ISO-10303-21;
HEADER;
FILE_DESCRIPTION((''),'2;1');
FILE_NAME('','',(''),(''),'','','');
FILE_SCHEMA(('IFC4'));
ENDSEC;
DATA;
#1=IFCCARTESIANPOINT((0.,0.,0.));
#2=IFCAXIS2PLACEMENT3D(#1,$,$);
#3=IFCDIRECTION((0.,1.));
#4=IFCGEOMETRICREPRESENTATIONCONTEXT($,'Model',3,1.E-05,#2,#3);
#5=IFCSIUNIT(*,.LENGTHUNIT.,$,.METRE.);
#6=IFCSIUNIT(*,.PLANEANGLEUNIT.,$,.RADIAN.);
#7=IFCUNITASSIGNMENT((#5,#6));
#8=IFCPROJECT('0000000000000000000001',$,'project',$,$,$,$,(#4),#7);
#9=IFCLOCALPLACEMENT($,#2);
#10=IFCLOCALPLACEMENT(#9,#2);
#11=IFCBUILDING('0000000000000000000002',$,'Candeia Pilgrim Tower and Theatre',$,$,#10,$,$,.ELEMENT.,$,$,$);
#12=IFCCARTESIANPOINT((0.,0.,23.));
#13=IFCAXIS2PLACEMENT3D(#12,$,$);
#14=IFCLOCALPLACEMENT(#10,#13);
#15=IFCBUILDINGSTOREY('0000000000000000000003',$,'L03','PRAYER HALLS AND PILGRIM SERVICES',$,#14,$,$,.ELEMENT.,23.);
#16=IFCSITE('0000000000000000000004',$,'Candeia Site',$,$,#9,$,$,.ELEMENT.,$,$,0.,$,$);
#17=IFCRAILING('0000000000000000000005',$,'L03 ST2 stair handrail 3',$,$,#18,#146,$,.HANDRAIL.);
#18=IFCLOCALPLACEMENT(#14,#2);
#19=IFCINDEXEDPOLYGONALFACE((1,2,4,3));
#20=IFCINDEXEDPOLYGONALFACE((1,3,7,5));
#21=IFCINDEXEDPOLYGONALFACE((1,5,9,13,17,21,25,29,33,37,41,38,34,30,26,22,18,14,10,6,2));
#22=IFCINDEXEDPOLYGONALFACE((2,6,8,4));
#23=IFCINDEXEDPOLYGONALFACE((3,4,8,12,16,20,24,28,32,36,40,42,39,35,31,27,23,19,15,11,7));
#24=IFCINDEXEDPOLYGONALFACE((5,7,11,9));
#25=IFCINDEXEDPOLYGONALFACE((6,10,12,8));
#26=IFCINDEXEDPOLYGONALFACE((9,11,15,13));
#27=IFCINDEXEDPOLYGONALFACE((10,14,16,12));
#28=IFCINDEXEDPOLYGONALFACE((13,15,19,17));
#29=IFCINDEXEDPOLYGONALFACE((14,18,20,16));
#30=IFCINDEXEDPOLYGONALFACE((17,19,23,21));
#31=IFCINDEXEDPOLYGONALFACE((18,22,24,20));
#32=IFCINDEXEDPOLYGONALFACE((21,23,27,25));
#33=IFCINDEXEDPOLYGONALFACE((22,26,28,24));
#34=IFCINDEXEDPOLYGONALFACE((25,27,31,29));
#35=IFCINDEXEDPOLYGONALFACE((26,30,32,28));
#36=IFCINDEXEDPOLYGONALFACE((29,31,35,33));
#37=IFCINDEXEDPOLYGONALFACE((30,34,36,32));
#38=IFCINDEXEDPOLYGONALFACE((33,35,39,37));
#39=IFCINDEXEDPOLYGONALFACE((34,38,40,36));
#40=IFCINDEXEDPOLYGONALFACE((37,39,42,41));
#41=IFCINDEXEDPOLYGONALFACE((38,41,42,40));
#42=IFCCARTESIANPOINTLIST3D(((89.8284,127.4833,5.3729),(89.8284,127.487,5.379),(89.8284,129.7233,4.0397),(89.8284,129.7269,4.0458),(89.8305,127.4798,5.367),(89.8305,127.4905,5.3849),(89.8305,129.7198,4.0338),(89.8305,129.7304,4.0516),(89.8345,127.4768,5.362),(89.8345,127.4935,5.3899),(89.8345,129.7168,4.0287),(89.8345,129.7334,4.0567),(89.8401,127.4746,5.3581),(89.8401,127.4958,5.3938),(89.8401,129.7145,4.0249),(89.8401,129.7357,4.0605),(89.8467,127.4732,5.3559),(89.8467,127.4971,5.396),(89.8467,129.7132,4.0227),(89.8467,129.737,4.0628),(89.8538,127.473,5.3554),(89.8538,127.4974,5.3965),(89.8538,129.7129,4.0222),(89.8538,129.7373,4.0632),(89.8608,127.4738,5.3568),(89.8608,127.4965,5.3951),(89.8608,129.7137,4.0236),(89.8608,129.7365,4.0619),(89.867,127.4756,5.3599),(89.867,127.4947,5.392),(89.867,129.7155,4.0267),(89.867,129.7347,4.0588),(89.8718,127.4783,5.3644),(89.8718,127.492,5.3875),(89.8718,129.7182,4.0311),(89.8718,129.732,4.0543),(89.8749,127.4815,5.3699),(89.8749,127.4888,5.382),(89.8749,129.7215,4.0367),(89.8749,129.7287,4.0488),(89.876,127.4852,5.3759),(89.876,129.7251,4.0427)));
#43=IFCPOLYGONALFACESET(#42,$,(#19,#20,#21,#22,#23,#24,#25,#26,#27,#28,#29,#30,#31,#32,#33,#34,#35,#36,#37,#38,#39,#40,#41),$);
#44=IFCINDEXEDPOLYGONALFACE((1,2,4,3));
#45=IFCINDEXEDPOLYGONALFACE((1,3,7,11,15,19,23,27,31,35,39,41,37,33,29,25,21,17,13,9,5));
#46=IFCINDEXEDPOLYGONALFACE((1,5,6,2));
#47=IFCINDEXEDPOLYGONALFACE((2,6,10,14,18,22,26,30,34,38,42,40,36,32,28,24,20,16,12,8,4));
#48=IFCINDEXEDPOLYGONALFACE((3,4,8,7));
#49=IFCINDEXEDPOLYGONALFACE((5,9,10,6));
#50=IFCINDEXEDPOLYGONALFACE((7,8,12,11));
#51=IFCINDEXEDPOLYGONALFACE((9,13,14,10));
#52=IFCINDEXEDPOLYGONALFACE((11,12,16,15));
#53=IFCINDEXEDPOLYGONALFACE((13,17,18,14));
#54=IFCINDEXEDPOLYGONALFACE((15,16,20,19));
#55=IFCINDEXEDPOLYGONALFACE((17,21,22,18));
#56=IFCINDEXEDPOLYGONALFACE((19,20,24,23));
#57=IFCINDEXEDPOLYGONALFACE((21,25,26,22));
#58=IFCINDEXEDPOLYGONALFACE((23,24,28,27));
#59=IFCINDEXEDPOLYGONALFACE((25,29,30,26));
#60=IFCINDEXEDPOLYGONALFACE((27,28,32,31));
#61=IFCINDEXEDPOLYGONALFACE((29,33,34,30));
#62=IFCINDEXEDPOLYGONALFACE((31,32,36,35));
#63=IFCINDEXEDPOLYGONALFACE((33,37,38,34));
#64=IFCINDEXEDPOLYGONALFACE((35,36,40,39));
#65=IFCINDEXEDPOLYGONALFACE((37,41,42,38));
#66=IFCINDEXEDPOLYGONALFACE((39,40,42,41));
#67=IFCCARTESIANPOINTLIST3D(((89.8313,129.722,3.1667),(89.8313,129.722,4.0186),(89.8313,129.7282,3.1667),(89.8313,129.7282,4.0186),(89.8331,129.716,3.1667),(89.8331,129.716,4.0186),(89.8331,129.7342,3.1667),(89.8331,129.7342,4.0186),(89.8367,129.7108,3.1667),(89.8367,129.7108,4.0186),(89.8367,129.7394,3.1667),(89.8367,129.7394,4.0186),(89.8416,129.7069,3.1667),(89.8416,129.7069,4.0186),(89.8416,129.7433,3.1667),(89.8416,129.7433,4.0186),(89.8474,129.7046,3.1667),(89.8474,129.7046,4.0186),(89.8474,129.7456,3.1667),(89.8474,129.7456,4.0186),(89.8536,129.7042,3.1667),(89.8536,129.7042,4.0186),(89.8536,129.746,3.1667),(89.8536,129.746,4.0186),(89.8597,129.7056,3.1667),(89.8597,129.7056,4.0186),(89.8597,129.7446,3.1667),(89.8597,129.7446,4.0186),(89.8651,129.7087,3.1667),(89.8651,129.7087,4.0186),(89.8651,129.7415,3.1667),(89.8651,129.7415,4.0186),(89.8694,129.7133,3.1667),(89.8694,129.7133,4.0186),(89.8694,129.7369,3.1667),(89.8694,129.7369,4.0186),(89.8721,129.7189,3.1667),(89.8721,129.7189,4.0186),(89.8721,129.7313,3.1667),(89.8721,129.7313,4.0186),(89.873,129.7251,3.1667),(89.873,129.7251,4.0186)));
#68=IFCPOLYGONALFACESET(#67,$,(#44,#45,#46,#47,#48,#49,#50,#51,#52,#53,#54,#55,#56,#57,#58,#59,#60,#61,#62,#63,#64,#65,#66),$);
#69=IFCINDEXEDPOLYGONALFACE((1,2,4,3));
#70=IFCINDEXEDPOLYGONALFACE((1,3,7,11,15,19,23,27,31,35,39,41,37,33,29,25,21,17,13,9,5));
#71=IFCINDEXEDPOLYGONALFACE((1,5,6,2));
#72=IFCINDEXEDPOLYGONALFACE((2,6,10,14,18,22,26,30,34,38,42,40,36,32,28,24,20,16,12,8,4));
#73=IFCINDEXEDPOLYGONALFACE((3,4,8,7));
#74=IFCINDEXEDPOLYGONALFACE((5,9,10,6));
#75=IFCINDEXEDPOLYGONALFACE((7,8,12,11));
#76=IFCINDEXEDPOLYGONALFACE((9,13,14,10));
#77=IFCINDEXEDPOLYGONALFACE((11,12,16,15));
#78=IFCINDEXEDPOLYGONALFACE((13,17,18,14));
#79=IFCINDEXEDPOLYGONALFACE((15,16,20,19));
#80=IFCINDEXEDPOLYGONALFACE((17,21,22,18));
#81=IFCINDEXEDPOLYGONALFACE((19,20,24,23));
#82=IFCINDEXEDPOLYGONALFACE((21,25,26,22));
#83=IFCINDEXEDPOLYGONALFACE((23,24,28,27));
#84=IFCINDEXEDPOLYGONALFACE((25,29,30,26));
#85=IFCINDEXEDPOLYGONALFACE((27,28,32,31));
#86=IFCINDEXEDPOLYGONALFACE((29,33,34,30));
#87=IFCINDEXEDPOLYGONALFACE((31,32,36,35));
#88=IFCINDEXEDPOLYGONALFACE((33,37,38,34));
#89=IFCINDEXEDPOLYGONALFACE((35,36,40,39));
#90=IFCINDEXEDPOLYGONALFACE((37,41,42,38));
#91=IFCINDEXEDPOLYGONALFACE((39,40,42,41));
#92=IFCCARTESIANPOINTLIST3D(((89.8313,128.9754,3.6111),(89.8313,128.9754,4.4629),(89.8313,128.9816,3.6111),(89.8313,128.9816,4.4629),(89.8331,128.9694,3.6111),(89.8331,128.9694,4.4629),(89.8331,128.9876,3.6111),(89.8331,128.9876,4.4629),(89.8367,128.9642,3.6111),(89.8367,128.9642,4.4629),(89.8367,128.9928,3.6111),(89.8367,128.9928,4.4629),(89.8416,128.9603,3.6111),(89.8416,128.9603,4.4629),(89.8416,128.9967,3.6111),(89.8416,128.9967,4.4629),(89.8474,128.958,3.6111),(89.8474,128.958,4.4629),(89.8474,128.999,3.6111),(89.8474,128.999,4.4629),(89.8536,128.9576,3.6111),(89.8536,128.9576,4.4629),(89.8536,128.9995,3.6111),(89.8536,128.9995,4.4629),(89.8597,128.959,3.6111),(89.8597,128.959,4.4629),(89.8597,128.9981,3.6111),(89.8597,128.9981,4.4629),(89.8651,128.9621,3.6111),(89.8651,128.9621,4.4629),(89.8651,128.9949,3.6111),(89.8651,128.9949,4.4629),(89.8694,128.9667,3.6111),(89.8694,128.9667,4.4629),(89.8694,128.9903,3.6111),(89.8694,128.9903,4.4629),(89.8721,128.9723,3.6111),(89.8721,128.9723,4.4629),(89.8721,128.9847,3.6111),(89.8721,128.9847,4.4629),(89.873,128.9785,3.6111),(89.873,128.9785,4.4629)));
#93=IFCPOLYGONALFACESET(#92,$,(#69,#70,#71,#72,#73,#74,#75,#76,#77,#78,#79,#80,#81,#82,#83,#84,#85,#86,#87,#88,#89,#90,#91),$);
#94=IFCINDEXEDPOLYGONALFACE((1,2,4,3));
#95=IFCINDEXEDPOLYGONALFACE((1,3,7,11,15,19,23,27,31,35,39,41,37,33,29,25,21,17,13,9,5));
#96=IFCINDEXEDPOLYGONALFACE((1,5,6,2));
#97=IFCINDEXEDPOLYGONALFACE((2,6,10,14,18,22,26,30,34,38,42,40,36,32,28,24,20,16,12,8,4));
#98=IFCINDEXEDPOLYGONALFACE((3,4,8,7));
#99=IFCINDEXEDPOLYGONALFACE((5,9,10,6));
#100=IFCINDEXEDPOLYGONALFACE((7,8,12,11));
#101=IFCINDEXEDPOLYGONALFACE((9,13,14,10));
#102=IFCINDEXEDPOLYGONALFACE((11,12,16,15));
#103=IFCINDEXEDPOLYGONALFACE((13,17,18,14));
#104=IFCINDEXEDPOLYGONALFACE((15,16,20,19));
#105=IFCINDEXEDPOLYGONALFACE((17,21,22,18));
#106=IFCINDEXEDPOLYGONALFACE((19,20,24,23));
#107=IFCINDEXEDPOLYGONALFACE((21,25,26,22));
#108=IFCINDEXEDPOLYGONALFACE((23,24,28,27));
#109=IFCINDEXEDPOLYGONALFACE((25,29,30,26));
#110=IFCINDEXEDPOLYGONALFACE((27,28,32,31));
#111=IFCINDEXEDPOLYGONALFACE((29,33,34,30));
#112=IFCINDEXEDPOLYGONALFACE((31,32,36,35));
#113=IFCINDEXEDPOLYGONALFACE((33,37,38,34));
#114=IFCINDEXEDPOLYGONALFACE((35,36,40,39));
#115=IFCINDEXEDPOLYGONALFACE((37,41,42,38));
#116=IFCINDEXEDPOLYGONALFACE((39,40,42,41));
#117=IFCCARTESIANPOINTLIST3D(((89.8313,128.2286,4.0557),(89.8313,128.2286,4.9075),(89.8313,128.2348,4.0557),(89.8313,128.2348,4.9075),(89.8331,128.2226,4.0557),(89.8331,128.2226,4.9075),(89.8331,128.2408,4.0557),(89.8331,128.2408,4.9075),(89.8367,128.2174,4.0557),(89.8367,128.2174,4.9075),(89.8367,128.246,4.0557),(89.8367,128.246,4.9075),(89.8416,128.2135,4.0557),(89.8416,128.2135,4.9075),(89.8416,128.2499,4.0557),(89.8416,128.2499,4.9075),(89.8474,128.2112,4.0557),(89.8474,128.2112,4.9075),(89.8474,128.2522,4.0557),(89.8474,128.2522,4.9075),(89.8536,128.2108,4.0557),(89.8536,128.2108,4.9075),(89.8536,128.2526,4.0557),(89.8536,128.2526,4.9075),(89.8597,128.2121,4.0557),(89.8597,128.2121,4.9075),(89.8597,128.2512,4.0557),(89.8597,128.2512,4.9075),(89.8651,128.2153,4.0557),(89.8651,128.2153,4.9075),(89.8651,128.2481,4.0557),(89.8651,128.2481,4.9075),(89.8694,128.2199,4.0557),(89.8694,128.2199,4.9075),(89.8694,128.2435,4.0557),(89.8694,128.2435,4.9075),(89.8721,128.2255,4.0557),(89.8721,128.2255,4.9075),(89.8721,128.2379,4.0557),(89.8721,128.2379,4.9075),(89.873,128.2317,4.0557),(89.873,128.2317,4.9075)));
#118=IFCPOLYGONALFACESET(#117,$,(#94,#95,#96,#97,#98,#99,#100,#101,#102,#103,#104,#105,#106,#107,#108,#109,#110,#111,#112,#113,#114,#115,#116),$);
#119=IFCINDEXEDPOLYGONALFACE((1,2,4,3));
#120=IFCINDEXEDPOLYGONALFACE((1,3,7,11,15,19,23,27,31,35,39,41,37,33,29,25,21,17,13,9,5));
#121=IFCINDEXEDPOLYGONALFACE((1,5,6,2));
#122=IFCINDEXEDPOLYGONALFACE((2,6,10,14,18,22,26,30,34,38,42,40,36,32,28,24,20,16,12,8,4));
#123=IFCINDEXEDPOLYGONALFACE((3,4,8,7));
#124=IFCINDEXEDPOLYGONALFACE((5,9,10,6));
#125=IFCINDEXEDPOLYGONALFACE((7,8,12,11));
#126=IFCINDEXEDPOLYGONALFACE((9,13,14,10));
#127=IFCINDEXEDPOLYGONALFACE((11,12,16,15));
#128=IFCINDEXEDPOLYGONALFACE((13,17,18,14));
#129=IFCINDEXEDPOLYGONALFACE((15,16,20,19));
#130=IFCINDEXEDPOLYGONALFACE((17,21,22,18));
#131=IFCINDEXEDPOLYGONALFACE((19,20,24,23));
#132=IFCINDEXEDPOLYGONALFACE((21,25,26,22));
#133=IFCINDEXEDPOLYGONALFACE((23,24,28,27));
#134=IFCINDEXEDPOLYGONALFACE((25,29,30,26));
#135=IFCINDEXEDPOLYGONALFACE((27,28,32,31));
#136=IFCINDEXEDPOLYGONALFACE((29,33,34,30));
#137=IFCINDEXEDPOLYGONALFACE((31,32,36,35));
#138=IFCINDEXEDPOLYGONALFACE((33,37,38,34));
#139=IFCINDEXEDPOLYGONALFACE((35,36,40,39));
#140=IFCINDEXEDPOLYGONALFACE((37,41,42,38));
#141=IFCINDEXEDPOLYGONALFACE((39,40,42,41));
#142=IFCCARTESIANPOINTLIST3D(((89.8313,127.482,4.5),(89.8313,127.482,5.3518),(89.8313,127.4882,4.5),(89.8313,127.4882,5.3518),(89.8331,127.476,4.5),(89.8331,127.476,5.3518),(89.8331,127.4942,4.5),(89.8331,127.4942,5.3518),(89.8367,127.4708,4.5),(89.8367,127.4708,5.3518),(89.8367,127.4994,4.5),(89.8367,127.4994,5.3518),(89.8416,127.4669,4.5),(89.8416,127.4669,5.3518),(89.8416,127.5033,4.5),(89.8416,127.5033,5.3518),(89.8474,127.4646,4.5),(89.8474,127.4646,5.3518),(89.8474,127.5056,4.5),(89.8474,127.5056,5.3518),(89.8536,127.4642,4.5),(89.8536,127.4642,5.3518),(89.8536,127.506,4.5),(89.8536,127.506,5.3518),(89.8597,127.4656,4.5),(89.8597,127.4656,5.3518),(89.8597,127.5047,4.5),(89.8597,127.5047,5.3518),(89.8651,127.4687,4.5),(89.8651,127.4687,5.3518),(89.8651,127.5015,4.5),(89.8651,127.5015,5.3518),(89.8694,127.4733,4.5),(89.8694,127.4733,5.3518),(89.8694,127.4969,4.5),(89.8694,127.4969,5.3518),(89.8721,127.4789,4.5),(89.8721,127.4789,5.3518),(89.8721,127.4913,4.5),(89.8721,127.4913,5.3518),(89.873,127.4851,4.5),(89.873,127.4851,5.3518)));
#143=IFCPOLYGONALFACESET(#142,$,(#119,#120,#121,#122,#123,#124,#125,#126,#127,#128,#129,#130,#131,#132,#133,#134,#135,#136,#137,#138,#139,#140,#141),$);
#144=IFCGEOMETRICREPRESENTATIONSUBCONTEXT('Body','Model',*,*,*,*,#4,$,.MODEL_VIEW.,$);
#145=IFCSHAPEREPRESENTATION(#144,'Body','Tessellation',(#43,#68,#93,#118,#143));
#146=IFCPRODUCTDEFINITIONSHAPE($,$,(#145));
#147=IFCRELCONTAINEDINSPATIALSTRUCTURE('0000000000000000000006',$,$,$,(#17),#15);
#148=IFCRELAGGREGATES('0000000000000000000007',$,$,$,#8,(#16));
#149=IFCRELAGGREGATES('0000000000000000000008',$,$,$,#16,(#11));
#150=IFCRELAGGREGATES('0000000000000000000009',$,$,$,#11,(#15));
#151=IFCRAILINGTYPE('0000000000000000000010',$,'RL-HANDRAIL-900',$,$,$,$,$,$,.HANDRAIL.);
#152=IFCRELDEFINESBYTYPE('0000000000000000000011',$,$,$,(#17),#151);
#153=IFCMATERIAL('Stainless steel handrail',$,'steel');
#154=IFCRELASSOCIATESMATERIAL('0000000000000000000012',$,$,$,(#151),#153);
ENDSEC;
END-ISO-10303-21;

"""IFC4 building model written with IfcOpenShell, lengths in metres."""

from ifc_helpers import new_model, si_unit, direction, frame, origin, origin_2d, place, context, subcontext, project, spatial, circle, extrude, material, type_object, element, save


model = new_model("IFC4")

# Units and contexts
model_context = context("Model", 3, precision=1e-05, world=origin(), true_north=direction((0.0, 1.0)))
body_context = subcontext(model_context, "Body", "Model", "MODEL_VIEW")
ifc_project = project(units=[si_unit("LENGTHUNIT", "METRE"), si_unit("PLANEANGLEUNIT", "RADIAN")], contexts=[model_context])

# Site, building, storey
site_placement = place(None, origin())
site = spatial("IfcSite", under=ifc_project, at=site_placement, Name="Candeia Site", CompositionType="ELEMENT", RefElevation=0.0)
building_placement = place(site_placement, origin())
building = spatial("IfcBuilding", under=site, at=building_placement, Name="Candeia Pilgrim Tower and Theatre", CompositionType="ELEMENT")
storey_placement = place(building_placement, frame((0.0, 0.0, 23.0)))
storey = spatial("IfcBuildingStorey", under=building, at=storey_placement, Name="L03", Description="PRAYER HALLS AND PILGRIM SERVICES", CompositionType="ELEMENT", Elevation=23.0)

# Railing
ifc_material_1 = material(Name="Stainless steel handrail", Category="steel")
railing_type_1 = type_object("IfcRailingType", Name="RL-HANDRAIL-900", PredefinedType="HANDRAIL", material=ifc_material_1)
for number, where, name in (
    (1, (89.8521, 129.7251, 3.1667), "L03 ST2 stair handrail 3"),
):
    element("IfcRailing", number, at=place(storey_placement, frame(where)), inside=storey, type_object=railing_type_1, Name=name, PredefinedType="HANDRAIL", context=body_context, shape_type="SweptSolid", body=[
        extrude(circle(Radius=0.0239, at=origin_2d()), frame((0.0, 0.0, 0.876), z_axis=(0.0, -0.859306, 0.511462), x_axis=(1.0, 0.0, 0.0)), (0.0, 0.0, 1.0), 2.6067),
        extrude(circle(Radius=0.021, at=origin_2d()), origin(), (0.0, 0.0, 1.0), 0.8518),
        extrude(circle(Radius=0.021, at=origin_2d()), frame((0.0, -0.7466, 0.4443)), (0.0, 0.0, 1.0), 0.8518),
        extrude(circle(Radius=0.021, at=origin_2d()), frame((0.0, -1.4934, 0.8889)), (0.0, 0.0, 1.0), 0.8518),
        extrude(circle(Radius=0.021, at=origin_2d()), frame((0.0, -2.24, 1.3333)), (0.0, 0.0, 1.0), 0.8518),
    ])

save(model, "model.ifc")
